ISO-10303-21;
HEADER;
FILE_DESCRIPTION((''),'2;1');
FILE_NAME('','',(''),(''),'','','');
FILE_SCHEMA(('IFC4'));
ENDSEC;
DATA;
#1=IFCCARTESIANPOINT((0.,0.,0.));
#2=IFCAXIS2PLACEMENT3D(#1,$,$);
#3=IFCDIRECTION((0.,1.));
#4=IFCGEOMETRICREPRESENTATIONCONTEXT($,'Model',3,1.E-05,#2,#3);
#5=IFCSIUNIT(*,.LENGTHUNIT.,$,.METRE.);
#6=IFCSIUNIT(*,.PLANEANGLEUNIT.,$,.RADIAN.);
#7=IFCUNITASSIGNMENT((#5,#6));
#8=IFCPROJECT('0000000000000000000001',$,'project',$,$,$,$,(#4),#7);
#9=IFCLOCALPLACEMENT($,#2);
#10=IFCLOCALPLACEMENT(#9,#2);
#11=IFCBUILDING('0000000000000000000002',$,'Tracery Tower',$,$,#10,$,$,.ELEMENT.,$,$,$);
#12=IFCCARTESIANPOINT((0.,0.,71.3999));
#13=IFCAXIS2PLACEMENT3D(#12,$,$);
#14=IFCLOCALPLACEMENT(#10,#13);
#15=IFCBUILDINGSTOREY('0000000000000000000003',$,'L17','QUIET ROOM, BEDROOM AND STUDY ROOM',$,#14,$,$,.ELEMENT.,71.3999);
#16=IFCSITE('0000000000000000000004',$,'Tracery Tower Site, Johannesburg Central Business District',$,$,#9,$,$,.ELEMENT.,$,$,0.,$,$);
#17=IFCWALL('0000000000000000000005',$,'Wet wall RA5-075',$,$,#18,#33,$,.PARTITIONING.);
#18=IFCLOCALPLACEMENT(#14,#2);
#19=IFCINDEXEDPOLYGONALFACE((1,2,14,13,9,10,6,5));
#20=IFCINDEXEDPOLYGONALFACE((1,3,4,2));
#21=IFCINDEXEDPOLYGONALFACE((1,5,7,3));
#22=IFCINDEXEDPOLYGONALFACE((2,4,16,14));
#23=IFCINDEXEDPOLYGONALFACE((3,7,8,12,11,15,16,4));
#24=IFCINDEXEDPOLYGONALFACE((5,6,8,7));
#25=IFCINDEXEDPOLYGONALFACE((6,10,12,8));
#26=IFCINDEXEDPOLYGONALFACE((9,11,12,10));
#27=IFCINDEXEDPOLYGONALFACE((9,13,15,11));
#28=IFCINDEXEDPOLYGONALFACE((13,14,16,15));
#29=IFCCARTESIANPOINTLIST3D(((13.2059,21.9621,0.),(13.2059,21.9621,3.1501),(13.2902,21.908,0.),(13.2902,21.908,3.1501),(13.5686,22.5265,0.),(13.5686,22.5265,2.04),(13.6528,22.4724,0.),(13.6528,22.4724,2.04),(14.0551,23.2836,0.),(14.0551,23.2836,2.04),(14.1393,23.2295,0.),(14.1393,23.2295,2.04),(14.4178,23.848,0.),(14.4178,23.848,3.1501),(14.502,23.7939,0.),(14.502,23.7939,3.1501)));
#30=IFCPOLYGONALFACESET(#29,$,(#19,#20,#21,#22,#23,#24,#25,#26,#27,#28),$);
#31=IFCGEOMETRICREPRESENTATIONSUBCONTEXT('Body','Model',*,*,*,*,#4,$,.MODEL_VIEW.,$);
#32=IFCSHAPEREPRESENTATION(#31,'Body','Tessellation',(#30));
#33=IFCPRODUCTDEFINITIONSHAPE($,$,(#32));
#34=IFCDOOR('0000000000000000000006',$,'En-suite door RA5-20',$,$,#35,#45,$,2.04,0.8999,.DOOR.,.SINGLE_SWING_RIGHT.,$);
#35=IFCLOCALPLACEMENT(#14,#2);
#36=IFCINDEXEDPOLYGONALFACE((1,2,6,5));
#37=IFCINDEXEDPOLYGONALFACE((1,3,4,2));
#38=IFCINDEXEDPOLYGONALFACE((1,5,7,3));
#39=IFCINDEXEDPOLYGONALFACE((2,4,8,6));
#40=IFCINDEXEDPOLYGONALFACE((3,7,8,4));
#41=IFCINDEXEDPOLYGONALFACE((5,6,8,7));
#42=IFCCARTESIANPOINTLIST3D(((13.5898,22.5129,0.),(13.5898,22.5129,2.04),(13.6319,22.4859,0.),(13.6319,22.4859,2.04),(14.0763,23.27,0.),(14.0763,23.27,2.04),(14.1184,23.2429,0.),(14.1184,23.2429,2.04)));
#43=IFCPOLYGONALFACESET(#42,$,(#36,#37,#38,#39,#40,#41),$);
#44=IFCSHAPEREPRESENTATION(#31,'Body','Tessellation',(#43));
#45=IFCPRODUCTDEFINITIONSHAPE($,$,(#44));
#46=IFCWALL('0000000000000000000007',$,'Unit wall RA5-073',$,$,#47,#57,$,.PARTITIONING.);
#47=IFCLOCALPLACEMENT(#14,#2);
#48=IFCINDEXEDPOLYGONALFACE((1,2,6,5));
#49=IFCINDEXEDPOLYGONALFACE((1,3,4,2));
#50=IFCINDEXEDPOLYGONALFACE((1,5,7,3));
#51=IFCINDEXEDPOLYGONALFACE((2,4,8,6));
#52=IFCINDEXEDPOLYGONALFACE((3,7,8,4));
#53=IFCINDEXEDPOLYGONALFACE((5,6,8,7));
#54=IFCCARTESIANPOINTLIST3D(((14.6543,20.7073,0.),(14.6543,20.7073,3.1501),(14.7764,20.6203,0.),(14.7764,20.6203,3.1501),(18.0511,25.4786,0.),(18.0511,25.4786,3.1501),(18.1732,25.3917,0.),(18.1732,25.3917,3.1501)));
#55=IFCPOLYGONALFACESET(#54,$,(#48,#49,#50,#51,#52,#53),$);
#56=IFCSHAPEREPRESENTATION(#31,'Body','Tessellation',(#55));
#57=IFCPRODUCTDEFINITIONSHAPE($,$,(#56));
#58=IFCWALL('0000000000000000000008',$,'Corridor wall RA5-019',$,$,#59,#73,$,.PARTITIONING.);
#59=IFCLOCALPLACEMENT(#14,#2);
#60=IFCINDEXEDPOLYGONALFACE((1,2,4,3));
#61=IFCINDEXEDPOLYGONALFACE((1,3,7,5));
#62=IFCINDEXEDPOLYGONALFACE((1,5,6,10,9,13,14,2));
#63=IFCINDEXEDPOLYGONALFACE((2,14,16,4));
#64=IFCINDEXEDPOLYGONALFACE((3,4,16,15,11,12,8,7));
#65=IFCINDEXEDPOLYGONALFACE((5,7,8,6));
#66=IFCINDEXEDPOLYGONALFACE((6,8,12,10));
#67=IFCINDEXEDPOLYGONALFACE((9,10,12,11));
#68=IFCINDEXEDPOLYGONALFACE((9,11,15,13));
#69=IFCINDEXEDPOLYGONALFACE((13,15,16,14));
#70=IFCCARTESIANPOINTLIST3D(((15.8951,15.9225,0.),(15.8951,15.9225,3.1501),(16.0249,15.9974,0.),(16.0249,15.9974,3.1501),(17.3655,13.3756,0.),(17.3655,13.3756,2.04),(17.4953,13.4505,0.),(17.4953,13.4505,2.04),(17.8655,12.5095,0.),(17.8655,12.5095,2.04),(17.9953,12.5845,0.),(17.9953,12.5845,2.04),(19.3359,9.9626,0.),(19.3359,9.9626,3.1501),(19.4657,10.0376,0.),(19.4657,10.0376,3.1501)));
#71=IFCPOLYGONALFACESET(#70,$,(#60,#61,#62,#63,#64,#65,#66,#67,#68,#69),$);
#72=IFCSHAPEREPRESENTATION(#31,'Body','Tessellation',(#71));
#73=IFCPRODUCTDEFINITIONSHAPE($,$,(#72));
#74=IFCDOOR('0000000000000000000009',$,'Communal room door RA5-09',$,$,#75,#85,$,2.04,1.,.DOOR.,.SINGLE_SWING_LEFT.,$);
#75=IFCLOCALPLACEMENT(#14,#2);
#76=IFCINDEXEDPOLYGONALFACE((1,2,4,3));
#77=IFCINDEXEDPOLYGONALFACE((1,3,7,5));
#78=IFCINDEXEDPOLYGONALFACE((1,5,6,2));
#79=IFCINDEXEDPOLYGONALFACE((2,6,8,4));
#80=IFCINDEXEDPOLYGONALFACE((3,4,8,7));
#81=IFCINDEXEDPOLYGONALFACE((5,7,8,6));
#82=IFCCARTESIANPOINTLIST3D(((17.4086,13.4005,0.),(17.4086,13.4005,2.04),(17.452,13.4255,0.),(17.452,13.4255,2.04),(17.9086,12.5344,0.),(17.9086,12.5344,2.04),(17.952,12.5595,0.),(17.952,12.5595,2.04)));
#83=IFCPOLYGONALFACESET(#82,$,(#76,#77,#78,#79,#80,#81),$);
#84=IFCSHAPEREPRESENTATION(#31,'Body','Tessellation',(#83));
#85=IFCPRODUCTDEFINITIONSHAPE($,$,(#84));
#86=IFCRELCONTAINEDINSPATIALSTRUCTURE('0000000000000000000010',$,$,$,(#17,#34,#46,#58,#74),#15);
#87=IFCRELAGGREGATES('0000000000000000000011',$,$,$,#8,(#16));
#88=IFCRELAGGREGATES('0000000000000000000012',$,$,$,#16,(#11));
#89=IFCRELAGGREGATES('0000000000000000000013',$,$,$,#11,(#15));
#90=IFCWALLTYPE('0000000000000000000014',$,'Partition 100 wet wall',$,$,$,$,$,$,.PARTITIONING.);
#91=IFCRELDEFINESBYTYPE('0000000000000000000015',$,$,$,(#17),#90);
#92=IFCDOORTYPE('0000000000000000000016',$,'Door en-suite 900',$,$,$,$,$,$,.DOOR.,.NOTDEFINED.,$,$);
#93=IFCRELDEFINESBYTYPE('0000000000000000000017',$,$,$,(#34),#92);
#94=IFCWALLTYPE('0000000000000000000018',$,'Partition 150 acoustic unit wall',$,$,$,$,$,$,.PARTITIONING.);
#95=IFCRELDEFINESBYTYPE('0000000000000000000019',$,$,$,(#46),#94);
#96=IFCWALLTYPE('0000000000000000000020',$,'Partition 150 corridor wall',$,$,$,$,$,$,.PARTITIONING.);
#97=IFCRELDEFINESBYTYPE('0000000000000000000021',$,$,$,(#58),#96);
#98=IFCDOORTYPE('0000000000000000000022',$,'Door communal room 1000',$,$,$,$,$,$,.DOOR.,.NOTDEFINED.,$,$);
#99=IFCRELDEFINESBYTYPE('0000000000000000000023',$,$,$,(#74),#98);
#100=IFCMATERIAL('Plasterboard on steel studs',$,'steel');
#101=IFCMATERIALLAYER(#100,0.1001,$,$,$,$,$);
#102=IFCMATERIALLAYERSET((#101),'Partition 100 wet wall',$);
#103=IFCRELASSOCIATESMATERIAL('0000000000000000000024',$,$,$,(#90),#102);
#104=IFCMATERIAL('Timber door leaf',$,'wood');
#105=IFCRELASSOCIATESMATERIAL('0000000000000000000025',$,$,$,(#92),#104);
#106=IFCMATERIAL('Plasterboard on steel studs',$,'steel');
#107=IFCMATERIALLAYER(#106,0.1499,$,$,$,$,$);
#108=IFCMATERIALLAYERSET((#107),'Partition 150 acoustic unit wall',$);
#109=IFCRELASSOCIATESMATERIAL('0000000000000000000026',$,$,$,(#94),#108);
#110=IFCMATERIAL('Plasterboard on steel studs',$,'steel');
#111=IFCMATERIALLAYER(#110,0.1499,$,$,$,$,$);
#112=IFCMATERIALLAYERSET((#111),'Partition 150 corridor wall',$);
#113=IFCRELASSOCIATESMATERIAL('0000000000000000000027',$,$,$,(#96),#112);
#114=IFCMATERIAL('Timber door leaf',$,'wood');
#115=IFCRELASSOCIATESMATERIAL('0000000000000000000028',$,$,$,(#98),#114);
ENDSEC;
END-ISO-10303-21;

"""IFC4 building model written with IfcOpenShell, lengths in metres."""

from ifc_helpers import new_model, si_unit, direction, frame, frame_2d, origin, place, context, subcontext, project, spatial, rectangle, extrude, material, layer, layer_set, type_object, element, fill, save


model = new_model("IFC4")

# Units and contexts
model_context = context("Model", 3, precision=1e-05, world=origin(), true_north=direction((0.0, 1.0)))
body_context = subcontext(model_context, "Body", "Model", "MODEL_VIEW")
ifc_project = project(units=[si_unit("LENGTHUNIT", "METRE"), si_unit("PLANEANGLEUNIT", "RADIAN")], contexts=[model_context])

# Site, building, storey
site_placement = place(None, origin())
site = spatial("IfcSite", under=ifc_project, at=site_placement, Name="Tracery Tower Site, Johannesburg Central Business District", CompositionType="ELEMENT", RefElevation=0.0)
building_placement = place(site_placement, origin())
building = spatial("IfcBuilding", under=site, at=building_placement, Name="Tracery Tower", CompositionType="ELEMENT")
storey_placement = place(building_placement, frame((0.0, 0.0, 71.3999)))
storey = spatial("IfcBuildingStorey", under=building, at=storey_placement, Name="L17", Description="QUIET ROOM, BEDROOM AND STUDY ROOM", CompositionType="ELEMENT", Elevation=71.3999)

# Shared definitions
ifc_material_1 = material(Name="Plasterboard on steel studs", Category="steel")
ifc_layer_1 = layer(ifc_material_1, 0.1001)
ifc_layer_set_1 = layer_set([ifc_layer_1], Name="Partition 100 wet wall")
wall_type_1 = type_object("IfcWallType", Name="Partition 100 wet wall", PredefinedType="PARTITIONING", material=ifc_layer_set_1)
ifc_material_2 = material(Name="Timber door leaf", Category="wood")
door_type_1 = type_object("IfcDoorType", Name="Door en-suite 900", OperationType="NOTDEFINED", PredefinedType="DOOR", material=ifc_material_2)

# Wall, opening, door
wall_1_placement = place(storey_placement, frame((13.248, 21.9351, 0.0), z_axis=(0.0, 0.0, 1.0), x_axis=(0.540598, 0.841281, 0.0)))
wall_1 = element("IfcWall", 1, at=wall_1_placement, inside=storey, type_object=wall_type_1, Name="Wet wall RA5-075", PredefinedType="PARTITIONING", context=body_context, shape_type="SweptSolid", body=[
    extrude(rectangle(XDim=2.2417, YDim=0.1001, at=frame_2d((1.1208, 0.0))), origin(), (0.0, 0.0, 1.0), 3.1501),
])
opening_1_placement = place(wall_1_placement, frame((0.6709, 0.0, 0.0)))
opening_1 = element("IfcOpeningElement", 2, at=opening_1_placement, cuts=wall_1, PredefinedType="OPENING", context=body_context, shape_type="SweptSolid", body=[
    extrude(rectangle(XDim=0.8999, YDim=2.04, at=frame_2d((0.45, 1.02))), frame((0.0, 0.05, 0.0), z_axis=(0.0, -1.0, 0.0), x_axis=(1.0, 0.0, 0.0)), (0.0, 0.0, 1.0), 0.1001),
])
door_1_placement = place(opening_1_placement, origin())
door_1 = element("IfcDoor", 3, at=door_1_placement, inside=storey, type_object=door_type_1, Name="En-suite door RA5-20", OperationType="SINGLE_SWING_RIGHT", OverallHeight=2.04, OverallWidth=0.8999, PredefinedType="DOOR", context=body_context, shape_type="SweptSolid", body=[
    extrude(rectangle(XDim=0.8999, YDim=2.04, at=frame_2d((0.45, 1.02))), frame((0.0, 0.0249, 0.0), z_axis=(0.0, -1.0, 0.0), x_axis=(1.0, 0.0, 0.0)), (0.0, 0.0, 1.0), 0.05),
])
fill(opening_1, door_1)

# Wall
ifc_material_3 = material(Name="Plasterboard on steel studs", Category="steel")
ifc_layer_2 = layer(ifc_material_3, 0.1499)
ifc_layer_set_2 = layer_set([ifc_layer_2], Name="Partition 150 acoustic unit wall")
wall_type_2 = type_object("IfcWallType", Name="Partition 150 acoustic unit wall", PredefinedType="PARTITIONING", material=ifc_layer_set_2)
wall_2_placement = place(storey_placement, frame((14.7153, 20.6638, 0.0), z_axis=(0.0, 0.0, 1.0), x_axis=(0.57996, 0.814645, 0.0)))
element("IfcWall", 4, at=wall_2_placement, inside=storey, type_object=wall_type_2, Name="Unit wall RA5-073", PredefinedType="PARTITIONING", context=body_context, shape_type="SweptSolid", body=[
    extrude(rectangle(XDim=5.8569, YDim=0.1499, at=frame_2d((2.9285, 0.0))), origin(), (0.0, 0.0, 1.0), 3.1501),
])

# Wall, opening, door
ifc_material_4 = material(Name="Plasterboard on steel studs", Category="steel")
ifc_layer_3 = layer(ifc_material_4, 0.1499)
ifc_layer_set_3 = layer_set([ifc_layer_3], Name="Partition 150 corridor wall")
wall_type_3 = type_object("IfcWallType", Name="Partition 150 corridor wall", PredefinedType="PARTITIONING", material=ifc_layer_set_3)
wall_3_placement = place(storey_placement, frame((15.96, 15.96, 0.0), z_axis=(0.0, 0.0, 1.0), x_axis=(0.499993, -0.86603, 0.0)))
wall_3 = element("IfcWall", 5, at=wall_3_placement, inside=storey, type_object=wall_type_3, Name="Corridor wall RA5-019", PredefinedType="PARTITIONING", context=body_context, shape_type="SweptSolid", body=[
    extrude(rectangle(XDim=6.8818, YDim=0.1499, at=frame_2d((3.4409, 0.0))), origin(), (0.0, 0.0, 1.0), 3.1501),
])
opening_2_placement = place(wall_3_placement, frame((2.9409, 0.0, 0.0)))
opening_2 = element("IfcOpeningElement", 6, at=opening_2_placement, cuts=wall_3, PredefinedType="OPENING", context=body_context, shape_type="SweptSolid", body=[
    extrude(rectangle(XDim=1.0, YDim=2.04, at=frame_2d((0.5, 1.02))), frame((0.0, 0.075, 0.0), z_axis=(0.0, -1.0, 0.0), x_axis=(1.0, 0.0, 0.0)), (0.0, 0.0, 1.0), 0.1499),
])
ifc_material_5 = material(Name="Timber door leaf", Category="wood")
door_type_2 = type_object("IfcDoorType", Name="Door communal room 1000", OperationType="NOTDEFINED", PredefinedType="DOOR", material=ifc_material_5)
door_2_placement = place(opening_2_placement, origin())
door_2 = element("IfcDoor", 7, at=door_2_placement, inside=storey, type_object=door_type_2, Name="Communal room door RA5-09", OperationType="SINGLE_SWING_LEFT", OverallHeight=2.04, OverallWidth=1.0, PredefinedType="DOOR", context=body_context, shape_type="SweptSolid", body=[
    extrude(rectangle(XDim=1.0, YDim=2.04, at=frame_2d((0.5, 1.02))), frame((0.0, 0.0249, 0.0), z_axis=(0.0, -1.0, 0.0), x_axis=(1.0, 0.0, 0.0)), (0.0, 0.0, 1.0), 0.05),
])
fill(opening_2, door_2)

save(model, "model.ifc")
